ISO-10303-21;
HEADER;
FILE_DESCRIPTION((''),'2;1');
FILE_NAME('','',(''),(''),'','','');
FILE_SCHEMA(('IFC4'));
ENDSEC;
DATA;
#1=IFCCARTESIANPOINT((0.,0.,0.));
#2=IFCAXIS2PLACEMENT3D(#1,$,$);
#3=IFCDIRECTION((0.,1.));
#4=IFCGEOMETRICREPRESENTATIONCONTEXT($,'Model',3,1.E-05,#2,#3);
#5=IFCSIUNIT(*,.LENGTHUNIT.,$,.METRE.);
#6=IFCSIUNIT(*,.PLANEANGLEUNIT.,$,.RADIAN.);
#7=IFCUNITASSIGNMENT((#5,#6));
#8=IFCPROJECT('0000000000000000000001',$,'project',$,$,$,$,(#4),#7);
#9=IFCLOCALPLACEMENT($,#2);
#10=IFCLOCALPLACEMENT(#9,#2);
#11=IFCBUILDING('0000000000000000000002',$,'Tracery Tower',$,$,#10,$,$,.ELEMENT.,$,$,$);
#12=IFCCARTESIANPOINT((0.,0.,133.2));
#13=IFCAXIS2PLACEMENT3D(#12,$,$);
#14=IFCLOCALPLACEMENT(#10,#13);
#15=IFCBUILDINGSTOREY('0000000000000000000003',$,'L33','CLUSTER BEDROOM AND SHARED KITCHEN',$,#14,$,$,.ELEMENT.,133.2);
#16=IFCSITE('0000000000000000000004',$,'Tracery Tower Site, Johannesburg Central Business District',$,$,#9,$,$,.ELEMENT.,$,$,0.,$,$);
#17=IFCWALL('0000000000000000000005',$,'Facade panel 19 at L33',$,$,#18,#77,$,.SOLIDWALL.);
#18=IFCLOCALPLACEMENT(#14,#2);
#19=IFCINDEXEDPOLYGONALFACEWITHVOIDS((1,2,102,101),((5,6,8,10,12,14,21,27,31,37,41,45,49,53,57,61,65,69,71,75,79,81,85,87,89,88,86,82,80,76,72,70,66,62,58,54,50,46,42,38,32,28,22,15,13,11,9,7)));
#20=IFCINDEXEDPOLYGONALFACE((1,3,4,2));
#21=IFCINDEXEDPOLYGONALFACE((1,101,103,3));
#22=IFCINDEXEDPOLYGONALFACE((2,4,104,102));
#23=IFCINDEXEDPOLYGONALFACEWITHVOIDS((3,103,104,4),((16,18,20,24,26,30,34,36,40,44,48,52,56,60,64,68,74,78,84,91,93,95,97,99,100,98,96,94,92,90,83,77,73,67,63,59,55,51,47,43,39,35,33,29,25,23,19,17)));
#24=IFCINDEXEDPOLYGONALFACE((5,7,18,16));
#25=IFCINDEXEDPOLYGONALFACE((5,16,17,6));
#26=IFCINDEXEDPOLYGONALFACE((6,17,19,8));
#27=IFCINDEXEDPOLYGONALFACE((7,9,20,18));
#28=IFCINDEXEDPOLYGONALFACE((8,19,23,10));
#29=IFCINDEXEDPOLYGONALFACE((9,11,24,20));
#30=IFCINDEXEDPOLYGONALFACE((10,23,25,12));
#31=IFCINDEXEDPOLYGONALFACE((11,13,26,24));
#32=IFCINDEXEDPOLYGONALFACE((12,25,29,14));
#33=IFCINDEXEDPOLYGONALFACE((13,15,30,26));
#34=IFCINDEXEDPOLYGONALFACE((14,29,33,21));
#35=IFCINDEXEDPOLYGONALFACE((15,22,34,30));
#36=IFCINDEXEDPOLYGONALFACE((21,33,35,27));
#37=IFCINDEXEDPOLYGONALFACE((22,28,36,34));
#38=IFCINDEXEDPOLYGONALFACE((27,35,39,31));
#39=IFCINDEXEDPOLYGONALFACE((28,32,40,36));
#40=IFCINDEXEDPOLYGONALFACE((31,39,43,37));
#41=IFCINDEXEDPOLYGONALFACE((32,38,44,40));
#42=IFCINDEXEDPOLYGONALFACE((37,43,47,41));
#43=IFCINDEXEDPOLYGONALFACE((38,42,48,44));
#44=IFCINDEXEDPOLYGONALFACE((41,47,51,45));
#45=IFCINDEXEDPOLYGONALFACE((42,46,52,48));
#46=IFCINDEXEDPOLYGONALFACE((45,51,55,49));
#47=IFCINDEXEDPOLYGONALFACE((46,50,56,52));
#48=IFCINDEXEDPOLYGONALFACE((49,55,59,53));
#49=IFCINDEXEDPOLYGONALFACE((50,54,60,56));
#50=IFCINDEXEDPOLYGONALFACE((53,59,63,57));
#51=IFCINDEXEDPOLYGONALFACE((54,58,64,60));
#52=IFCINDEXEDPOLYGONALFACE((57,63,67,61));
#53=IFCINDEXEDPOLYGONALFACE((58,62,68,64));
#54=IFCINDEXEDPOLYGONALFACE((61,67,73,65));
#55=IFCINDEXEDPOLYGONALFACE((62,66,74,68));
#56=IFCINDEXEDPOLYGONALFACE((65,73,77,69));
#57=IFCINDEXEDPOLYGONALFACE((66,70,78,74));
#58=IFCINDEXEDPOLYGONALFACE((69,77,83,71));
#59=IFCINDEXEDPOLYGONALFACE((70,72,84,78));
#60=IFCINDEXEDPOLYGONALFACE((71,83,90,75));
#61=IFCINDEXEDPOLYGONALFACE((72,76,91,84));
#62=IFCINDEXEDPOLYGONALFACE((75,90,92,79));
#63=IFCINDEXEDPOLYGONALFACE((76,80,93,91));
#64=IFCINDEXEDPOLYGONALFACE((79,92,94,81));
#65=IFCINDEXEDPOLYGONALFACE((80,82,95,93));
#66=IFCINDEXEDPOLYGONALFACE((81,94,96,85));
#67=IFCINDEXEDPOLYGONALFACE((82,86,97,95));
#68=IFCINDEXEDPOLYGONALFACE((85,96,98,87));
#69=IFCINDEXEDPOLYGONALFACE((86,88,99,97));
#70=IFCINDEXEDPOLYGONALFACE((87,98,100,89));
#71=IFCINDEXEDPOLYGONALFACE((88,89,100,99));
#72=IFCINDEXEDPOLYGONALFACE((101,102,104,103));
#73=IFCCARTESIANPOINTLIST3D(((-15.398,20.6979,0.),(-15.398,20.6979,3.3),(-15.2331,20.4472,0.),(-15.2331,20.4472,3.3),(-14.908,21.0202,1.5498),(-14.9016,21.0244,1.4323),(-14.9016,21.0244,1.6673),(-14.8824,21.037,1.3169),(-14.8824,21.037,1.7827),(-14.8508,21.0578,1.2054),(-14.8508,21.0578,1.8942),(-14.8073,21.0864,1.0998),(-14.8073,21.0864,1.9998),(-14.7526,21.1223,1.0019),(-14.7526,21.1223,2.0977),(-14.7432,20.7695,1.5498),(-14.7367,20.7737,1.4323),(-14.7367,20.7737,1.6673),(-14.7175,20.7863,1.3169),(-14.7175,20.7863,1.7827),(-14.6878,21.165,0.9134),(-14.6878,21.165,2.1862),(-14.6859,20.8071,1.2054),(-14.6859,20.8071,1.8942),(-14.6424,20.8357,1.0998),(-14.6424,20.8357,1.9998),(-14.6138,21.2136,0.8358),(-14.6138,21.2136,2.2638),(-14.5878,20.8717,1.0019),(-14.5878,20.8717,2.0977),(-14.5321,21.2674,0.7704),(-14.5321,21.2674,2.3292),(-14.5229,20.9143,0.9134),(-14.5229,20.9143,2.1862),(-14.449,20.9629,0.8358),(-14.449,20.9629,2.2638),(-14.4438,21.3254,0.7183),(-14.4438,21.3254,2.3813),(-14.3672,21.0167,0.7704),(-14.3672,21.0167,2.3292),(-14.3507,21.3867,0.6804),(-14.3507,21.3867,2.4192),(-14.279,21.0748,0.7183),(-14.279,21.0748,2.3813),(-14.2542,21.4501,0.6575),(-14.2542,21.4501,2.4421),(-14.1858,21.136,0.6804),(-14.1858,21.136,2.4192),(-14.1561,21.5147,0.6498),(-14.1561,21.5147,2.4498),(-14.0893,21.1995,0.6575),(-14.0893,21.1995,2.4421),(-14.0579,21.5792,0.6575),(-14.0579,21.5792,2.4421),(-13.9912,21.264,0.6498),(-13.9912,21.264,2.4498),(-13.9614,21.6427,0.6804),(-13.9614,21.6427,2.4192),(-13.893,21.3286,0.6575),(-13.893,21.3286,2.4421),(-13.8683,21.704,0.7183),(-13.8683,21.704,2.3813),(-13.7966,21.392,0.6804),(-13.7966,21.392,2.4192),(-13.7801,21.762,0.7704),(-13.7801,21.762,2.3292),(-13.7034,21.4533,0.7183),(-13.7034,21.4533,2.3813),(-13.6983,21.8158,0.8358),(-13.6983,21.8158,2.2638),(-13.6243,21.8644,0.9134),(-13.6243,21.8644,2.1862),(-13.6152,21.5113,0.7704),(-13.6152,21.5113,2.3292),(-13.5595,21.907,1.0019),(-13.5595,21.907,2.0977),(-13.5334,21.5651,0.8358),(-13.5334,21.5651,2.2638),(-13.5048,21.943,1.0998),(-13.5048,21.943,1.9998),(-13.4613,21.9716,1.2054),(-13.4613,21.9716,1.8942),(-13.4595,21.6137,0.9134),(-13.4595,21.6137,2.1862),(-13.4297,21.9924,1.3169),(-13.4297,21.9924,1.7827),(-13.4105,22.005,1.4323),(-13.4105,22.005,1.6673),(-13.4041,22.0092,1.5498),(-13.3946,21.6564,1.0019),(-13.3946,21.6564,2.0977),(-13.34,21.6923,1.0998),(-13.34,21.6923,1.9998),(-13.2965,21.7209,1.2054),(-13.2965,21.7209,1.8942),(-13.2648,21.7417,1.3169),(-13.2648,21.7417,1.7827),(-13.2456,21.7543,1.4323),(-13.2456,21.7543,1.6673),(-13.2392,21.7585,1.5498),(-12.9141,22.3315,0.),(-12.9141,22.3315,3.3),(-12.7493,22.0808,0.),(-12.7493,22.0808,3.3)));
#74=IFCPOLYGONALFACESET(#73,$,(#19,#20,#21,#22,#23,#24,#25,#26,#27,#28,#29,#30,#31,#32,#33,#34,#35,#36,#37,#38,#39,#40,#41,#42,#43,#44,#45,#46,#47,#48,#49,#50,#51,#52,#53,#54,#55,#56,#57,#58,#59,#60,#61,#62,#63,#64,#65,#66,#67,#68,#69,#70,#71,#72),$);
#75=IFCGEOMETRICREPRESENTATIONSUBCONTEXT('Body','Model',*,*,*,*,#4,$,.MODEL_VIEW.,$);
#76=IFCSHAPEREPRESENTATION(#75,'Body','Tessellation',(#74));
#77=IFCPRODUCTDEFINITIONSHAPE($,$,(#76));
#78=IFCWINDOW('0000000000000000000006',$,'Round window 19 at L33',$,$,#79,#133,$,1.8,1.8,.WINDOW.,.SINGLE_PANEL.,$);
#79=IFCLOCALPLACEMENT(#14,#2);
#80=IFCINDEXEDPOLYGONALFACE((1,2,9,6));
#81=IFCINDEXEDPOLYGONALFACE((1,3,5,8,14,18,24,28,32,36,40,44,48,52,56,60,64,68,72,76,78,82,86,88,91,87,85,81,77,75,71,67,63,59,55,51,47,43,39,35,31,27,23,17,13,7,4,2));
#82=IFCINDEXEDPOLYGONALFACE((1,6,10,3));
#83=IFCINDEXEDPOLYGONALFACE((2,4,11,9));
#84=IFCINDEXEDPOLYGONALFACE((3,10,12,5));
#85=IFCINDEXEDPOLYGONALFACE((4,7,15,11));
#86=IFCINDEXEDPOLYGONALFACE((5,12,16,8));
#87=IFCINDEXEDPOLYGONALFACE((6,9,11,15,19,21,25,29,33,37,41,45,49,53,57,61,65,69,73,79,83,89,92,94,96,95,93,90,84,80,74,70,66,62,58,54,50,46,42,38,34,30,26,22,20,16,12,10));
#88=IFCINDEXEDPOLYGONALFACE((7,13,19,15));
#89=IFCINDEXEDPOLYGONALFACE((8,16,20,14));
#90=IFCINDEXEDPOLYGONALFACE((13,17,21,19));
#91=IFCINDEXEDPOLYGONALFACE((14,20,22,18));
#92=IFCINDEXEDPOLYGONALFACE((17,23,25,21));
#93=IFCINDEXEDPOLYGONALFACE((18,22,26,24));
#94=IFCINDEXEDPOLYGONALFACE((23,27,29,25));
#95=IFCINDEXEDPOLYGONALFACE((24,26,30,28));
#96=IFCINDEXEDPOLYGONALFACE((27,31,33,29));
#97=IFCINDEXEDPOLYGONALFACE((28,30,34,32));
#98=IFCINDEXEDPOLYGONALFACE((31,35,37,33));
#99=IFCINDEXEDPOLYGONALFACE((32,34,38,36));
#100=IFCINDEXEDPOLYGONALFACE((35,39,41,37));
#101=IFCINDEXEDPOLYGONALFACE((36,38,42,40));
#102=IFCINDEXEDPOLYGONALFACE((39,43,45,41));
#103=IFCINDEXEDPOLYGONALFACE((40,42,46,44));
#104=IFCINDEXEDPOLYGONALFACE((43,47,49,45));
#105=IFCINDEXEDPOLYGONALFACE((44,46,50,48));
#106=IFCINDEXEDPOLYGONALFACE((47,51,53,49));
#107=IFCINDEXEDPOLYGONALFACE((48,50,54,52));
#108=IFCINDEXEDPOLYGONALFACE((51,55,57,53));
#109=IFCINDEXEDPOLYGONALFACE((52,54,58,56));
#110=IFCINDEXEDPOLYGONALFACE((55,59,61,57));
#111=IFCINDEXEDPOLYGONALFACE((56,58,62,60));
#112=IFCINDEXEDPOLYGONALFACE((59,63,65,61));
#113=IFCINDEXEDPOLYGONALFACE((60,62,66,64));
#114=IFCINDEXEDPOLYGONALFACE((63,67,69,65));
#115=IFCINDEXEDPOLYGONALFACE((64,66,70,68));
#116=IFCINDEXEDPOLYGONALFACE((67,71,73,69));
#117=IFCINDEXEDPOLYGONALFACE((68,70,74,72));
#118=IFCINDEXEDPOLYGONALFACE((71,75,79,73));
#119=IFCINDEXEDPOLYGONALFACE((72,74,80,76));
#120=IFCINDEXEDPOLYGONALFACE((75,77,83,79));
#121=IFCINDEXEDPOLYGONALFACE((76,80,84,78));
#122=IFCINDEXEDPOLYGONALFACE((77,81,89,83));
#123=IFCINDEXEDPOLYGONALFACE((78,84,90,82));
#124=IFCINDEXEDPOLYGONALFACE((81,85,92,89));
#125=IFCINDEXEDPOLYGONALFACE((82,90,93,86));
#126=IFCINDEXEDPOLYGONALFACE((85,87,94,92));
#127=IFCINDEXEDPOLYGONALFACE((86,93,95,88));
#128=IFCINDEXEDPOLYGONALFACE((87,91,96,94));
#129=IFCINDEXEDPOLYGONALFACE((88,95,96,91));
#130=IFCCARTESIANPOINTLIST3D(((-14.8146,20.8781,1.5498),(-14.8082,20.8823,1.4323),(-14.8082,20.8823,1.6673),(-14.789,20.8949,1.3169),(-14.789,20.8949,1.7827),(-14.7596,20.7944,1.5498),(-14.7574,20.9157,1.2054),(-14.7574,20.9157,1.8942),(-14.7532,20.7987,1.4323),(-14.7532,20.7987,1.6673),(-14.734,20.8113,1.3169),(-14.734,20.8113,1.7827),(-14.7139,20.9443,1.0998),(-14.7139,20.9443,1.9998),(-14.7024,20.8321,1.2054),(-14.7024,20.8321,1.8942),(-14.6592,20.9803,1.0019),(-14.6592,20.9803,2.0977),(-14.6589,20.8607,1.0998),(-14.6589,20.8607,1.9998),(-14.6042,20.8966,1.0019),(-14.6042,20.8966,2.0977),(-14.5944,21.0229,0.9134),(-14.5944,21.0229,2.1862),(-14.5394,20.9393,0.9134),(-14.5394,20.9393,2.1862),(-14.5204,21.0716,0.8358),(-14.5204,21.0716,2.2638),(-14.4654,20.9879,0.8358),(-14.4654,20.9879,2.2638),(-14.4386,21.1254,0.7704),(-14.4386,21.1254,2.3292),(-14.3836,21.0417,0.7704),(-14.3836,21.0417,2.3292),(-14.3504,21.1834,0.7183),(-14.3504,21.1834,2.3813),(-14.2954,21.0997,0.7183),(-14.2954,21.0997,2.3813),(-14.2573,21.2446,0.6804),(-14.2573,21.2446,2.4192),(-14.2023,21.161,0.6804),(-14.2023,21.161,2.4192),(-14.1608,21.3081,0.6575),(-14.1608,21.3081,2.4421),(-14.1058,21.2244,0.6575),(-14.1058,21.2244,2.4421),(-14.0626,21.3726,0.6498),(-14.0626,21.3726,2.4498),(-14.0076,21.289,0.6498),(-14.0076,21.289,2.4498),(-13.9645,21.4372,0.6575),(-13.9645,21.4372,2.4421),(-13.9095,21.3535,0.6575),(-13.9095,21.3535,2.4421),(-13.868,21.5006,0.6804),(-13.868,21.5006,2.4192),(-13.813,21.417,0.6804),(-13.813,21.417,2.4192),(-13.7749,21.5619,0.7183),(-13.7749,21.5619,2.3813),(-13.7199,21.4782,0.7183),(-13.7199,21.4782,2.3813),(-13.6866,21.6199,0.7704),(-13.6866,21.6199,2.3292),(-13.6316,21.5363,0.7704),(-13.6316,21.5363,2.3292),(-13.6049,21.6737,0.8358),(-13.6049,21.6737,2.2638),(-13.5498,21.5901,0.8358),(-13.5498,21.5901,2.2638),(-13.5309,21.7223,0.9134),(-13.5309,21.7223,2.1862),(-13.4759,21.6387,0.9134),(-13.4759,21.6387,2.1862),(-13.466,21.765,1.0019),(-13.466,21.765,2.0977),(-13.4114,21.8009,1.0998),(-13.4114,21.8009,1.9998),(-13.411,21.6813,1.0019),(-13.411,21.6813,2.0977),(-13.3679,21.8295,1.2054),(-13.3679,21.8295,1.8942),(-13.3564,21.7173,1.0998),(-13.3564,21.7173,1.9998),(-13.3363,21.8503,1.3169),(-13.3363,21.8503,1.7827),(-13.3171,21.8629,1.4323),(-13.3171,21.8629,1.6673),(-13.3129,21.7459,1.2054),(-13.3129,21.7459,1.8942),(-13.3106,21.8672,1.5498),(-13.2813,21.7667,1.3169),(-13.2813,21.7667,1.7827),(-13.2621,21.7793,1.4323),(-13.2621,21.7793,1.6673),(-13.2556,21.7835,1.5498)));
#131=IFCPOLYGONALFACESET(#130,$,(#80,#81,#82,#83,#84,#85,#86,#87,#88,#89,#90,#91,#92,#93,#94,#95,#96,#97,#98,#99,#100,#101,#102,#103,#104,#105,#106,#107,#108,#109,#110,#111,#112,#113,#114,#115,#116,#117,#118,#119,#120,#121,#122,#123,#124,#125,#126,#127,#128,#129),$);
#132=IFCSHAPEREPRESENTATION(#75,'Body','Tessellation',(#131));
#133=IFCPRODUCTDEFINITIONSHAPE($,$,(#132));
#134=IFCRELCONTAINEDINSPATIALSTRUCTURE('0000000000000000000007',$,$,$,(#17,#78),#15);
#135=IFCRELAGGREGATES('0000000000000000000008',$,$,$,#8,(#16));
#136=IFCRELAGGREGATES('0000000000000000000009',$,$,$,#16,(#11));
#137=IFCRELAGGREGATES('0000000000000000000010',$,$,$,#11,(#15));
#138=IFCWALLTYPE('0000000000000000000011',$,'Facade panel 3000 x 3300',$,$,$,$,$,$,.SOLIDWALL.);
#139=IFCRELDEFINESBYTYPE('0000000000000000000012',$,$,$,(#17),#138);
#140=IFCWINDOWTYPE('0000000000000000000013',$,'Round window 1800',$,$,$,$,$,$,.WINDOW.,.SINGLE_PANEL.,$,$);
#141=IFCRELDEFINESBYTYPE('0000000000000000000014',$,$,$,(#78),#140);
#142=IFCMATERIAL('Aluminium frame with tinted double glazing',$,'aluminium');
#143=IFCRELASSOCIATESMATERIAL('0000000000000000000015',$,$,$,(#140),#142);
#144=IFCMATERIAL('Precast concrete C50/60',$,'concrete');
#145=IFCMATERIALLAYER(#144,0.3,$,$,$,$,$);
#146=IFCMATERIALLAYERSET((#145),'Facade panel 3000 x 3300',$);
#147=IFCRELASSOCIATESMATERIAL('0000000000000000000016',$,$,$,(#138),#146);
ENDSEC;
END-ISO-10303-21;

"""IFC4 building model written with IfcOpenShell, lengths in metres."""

from ifc_helpers import new_model, si_unit, direction, frame, frame_2d, origin, origin_2d, place, context, subcontext, project, spatial, rectangle, circle, extrude, material, layer, layer_set, type_object, element, fill, save


model = new_model("IFC4")

# Units and contexts
model_context = context("Model", 3, precision=1e-05, world=origin(), true_north=direction((0.0, 1.0)))
body_context = subcontext(model_context, "Body", "Model", "MODEL_VIEW")
ifc_project = project(units=[si_unit("LENGTHUNIT", "METRE"), si_unit("PLANEANGLEUNIT", "RADIAN")], contexts=[model_context])

# Site, building, storey
site_placement = place(None, origin())
site = spatial("IfcSite", under=ifc_project, at=site_placement, Name="Tracery Tower Site, Johannesburg Central Business District", CompositionType="ELEMENT", RefElevation=0.0)
building_placement = place(site_placement, origin())
building = spatial("IfcBuilding", under=site, at=building_placement, Name="Tracery Tower", CompositionType="ELEMENT")
storey_placement = place(building_placement, frame((0.0, 0.0, 133.2)))
storey = spatial("IfcBuildingStorey", under=building, at=storey_placement, Name="L33", Description="CLUSTER BEDROOM AND SHARED KITCHEN", CompositionType="ELEMENT", Elevation=133.2)

# Wall, opening, window
ifc_material_1 = material(Name="Aluminium frame with tinted double glazing", Category="aluminium")
window_type = type_object("IfcWindowType", Name="Round window 1800", PartitioningType="SINGLE_PANEL", PredefinedType="WINDOW", material=ifc_material_1)
ifc_material_2 = material(Name="Precast concrete C50/60", Category="concrete")
ifc_layer_1 = layer(ifc_material_2, 0.3)
ifc_layer_set_1 = layer_set([ifc_layer_1], Name="Facade panel 3000 x 3300")
wall_type_1 = type_object("IfcWallType", Name="Facade panel 3000 x 3300", PredefinedType="SOLIDWALL", material=ifc_layer_set_1)
wall_1_placement = place(storey_placement, frame((-12.8318, 22.2061, 0.0), z_axis=(0.0, 0.0, 1.0), x_axis=(-0.835508, -0.549478, 0.0)))
wall_1 = element("IfcWall", 1, at=wall_1_placement, inside=storey, type_object=wall_type_1, Name="Facade panel 19 at L33", PredefinedType="SOLIDWALL", context=body_context, shape_type="SweptSolid", body=[
    extrude(rectangle(XDim=2.9729, YDim=0.3, at=frame_2d((1.4863, 0.0))), origin(), (0.0, 0.0, 1.0), 3.3),
])
opening_1_placement = place(wall_1_placement, frame((1.4863, 0.0, 1.5498)))
opening_1 = element("IfcOpeningElement", 2, at=opening_1_placement, cuts=wall_1, PredefinedType="OPENING", context=body_context, shape_type="SweptSolid", body=[
    extrude(circle(Radius=0.9, at=origin_2d()), frame((0.0, 0.1599, 0.0), z_axis=(0.0, -1.0, 0.0), x_axis=(1.0, 0.0, 0.0)), (0.0, 0.0, 1.0), 0.3201),
])
window_1_placement = place(opening_1_placement, origin())
window_1 = element("IfcWindow", 3, at=window_1_placement, inside=storey, type_object=window_type, Name="Round window 19 at L33", OverallHeight=1.8, OverallWidth=1.8, PartitioningType="SINGLE_PANEL", PredefinedType="WINDOW", context=body_context, shape_type="SweptSolid", body=[
    extrude(circle(Radius=0.9, at=origin_2d()), frame((0.0, 0.1201, 0.0), z_axis=(0.0, -1.0, 0.0), x_axis=(1.0, 0.0, 0.0)), (0.0, 0.0, 1.0), 0.1001),
])
fill(opening_1, window_1)

save(model, "model.ifc")
